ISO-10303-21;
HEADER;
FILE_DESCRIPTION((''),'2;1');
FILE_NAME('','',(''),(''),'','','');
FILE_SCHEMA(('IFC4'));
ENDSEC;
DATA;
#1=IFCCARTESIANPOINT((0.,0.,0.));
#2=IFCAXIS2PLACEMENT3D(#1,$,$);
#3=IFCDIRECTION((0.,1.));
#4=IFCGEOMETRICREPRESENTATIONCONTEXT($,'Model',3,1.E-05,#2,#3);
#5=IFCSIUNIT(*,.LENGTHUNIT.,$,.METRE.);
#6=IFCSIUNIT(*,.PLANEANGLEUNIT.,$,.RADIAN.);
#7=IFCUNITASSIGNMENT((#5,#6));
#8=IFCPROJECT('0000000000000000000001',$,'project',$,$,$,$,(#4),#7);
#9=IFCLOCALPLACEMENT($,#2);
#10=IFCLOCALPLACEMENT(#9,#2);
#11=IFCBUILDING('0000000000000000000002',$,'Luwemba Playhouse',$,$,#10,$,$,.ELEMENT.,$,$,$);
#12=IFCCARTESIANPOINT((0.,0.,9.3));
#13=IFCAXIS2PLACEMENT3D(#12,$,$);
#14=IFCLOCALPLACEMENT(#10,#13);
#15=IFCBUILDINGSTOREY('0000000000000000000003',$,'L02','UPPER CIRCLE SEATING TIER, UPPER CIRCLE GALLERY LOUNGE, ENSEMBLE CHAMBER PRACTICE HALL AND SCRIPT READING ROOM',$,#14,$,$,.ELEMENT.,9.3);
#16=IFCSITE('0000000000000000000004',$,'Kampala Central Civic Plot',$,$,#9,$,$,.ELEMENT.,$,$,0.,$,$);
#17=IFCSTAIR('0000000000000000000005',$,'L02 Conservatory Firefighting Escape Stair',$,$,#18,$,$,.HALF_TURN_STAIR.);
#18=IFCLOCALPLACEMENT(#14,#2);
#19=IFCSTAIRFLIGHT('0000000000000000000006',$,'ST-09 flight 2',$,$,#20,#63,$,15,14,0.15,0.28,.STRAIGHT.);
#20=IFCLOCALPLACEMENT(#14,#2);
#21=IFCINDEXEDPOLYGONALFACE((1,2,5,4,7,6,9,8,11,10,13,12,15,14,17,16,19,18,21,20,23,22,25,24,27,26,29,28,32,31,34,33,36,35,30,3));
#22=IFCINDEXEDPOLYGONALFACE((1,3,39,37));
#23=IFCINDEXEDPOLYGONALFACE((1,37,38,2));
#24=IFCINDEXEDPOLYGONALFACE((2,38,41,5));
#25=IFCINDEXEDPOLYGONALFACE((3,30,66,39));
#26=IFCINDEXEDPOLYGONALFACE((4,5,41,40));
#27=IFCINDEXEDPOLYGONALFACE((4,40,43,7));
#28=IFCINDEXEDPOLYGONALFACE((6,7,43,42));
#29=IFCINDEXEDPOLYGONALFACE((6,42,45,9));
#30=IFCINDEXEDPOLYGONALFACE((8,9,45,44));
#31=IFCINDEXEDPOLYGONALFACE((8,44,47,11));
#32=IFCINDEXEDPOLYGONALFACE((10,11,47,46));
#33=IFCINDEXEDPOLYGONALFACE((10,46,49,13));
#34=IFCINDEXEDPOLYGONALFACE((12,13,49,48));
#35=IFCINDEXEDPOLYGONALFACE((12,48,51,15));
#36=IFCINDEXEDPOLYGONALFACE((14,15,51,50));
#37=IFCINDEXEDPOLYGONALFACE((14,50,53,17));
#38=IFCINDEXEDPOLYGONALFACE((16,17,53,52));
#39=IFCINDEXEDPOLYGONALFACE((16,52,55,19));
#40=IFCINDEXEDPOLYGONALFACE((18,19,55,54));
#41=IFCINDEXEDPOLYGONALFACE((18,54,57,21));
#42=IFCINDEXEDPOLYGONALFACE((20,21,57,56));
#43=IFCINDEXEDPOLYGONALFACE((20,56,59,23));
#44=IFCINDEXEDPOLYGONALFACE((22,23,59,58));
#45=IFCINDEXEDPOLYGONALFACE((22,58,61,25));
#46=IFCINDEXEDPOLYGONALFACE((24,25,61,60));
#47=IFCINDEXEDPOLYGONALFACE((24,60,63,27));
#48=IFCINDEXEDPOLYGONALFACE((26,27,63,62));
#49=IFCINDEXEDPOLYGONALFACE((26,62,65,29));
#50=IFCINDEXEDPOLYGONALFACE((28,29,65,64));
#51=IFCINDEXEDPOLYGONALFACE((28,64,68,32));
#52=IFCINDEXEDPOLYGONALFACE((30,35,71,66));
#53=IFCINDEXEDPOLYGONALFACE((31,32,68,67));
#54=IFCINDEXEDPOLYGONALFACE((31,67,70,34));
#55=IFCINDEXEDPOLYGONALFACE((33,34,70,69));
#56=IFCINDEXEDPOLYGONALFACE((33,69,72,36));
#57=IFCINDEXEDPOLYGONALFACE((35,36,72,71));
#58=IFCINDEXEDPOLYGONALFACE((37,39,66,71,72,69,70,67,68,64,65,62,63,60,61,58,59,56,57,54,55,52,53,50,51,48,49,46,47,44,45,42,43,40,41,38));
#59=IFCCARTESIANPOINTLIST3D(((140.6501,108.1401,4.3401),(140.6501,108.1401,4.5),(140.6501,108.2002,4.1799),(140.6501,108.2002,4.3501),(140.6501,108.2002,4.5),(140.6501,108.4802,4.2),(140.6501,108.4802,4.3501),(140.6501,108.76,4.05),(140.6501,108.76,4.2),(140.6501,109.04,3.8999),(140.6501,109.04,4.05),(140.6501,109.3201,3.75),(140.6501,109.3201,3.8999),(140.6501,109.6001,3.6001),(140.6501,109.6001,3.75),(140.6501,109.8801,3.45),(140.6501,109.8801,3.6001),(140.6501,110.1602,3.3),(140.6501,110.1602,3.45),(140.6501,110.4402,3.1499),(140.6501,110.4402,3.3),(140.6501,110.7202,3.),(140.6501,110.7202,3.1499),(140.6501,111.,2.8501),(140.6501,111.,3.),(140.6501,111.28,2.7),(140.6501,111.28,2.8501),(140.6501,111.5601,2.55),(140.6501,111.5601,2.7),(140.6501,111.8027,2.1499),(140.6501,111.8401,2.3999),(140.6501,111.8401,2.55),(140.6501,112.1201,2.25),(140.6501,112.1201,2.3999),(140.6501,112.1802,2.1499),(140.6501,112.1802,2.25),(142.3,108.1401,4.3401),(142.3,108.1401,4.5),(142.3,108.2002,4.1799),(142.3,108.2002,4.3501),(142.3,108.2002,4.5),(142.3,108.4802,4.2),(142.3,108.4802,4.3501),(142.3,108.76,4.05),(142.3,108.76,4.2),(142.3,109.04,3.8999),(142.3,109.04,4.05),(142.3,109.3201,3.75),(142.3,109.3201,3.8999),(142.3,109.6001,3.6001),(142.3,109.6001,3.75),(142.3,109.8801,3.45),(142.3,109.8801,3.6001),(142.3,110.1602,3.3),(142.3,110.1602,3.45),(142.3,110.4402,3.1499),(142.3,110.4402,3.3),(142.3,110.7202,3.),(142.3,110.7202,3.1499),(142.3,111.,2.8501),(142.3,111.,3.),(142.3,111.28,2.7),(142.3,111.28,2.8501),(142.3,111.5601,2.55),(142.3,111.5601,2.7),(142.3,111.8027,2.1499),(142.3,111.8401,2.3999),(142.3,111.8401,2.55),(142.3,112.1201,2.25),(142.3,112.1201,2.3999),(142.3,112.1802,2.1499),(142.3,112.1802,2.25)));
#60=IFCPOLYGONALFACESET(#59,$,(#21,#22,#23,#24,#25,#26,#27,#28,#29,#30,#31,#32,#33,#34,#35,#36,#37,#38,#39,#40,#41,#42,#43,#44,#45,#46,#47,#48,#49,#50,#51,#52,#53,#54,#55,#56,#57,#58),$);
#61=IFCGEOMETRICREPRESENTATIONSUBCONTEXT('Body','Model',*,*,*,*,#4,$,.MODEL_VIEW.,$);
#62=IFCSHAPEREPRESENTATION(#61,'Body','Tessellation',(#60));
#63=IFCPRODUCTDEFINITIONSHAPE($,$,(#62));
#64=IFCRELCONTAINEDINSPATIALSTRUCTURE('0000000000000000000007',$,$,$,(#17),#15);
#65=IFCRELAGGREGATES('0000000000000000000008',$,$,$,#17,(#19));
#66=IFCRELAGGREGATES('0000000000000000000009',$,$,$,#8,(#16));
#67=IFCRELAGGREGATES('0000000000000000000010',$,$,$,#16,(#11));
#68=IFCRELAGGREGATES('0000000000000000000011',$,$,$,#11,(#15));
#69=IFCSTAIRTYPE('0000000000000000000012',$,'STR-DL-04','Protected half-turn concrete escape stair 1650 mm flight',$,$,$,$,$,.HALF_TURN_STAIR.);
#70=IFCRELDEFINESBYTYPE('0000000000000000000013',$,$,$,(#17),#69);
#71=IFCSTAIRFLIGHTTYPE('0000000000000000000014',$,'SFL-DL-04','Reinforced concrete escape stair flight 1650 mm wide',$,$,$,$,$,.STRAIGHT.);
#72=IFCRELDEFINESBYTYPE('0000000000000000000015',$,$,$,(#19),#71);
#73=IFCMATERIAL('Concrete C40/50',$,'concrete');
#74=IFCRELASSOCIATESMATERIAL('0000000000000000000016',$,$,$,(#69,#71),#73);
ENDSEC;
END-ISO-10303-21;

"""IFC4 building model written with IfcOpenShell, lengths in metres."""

from ifc_helpers import new_model, si_unit, direction, frame, origin, place, context, subcontext, project, spatial, polyline, outline, extrude, material, type_object, element, aggregate, save


model = new_model("IFC4")

# Units and contexts
model_context = context("Model", 3, precision=1e-05, world=origin(), true_north=direction((0.0, 1.0)))
body_context = subcontext(model_context, "Body", "Model", "MODEL_VIEW")
ifc_project = project(units=[si_unit("LENGTHUNIT", "METRE"), si_unit("PLANEANGLEUNIT", "RADIAN")], contexts=[model_context])

# Site, building, storey
site_placement = place(None, origin())
site = spatial("IfcSite", under=ifc_project, at=site_placement, Name="Kampala Central Civic Plot", CompositionType="ELEMENT", RefElevation=0.0)
building_placement = place(site_placement, origin())
building = spatial("IfcBuilding", under=site, at=building_placement, Name="Luwemba Playhouse", CompositionType="ELEMENT")
storey_placement = place(building_placement, frame((0.0, 0.0, 9.3)))
storey = spatial("IfcBuildingStorey", under=building, at=storey_placement, Name="L02", Description="UPPER CIRCLE SEATING TIER, UPPER CIRCLE GALLERY LOUNGE, ENSEMBLE CHAMBER PRACTICE HALL AND SCRIPT READING ROOM", CompositionType="ELEMENT", Elevation=9.3)

# Shared definitions
ifc_material_1 = material(Name="Concrete C40/50", Category="concrete")

# Stair, stair flight
stair_type = type_object("IfcStairType", Name="STR-DL-04", Description="Protected half-turn concrete escape stair 1650 mm flight", PredefinedType="HALF_TURN_STAIR", material=ifc_material_1)
stair_placement = place(storey_placement, origin())
stair = element("IfcStair", 1, at=stair_placement, inside=storey, type_object=stair_type, Name="L02 Conservatory Firefighting Escape Stair", PredefinedType="HALF_TURN_STAIR")
stair_flight_type = type_object("IfcStairFlightType", Name="SFL-DL-04", Description="Reinforced concrete escape stair flight 1650 mm wide", PredefinedType="STRAIGHT", material=ifc_material_1)
stair_flight_placement = place(storey_placement, frame((141.4751, 112.1201, 2.25), z_axis=(0.0, 0.0, 1.0), x_axis=(0.0, -1.0, 0.0)))
stair_flight = element("IfcStairFlight", 2, at=stair_flight_placement, type_object=stair_flight_type, Name="ST-09 flight 2", NumberOfRisers=15, NumberOfTreads=14, PredefinedType="STRAIGHT", RiserHeight=0.15, TreadLength=0.28, context=body_context, shape_type="SweptSolid", body=[
    extrude(outline(polyline([(-0.0601, -0.1001), (-0.0601, 0.0), (0.0, 0.0), (0.0, 0.1499), (0.28, 0.1499), (0.28, 0.3), (0.5601, 0.3), (0.5601, 0.45), (0.8401, 0.45), (0.8401, 0.6001), (1.1201, 0.6001), (1.1201, 0.75), (1.3999, 0.75), (1.3999, 0.8999), (1.6799, 0.8999), (1.6799, 1.05), (1.96, 1.05), (1.96, 1.2), (2.24, 1.2), (2.24, 1.3501), (2.52, 1.3501), (2.52, 1.5), (2.8, 1.5), (2.8, 1.6499), (3.0801, 1.6499), (3.0801, 1.8), (3.3601, 1.8), (3.3601, 1.95), (3.6399, 1.95), (3.6399, 2.1001), (3.9199, 2.1001), (3.9199, 2.25), (3.98, 2.25), (3.98, 2.0901), (3.9199, 1.9299), (0.3174, -0.1001), (-0.0601, -0.1001)])), frame((0.0, 0.825, 0.0), z_axis=(0.0, -1.0, 0.0), x_axis=(1.0, 0.0, 0.0)), (0.0, 0.0, 1.0), 1.6499),
])
aggregate(stair, [stair_flight])

save(model, "model.ifc")
